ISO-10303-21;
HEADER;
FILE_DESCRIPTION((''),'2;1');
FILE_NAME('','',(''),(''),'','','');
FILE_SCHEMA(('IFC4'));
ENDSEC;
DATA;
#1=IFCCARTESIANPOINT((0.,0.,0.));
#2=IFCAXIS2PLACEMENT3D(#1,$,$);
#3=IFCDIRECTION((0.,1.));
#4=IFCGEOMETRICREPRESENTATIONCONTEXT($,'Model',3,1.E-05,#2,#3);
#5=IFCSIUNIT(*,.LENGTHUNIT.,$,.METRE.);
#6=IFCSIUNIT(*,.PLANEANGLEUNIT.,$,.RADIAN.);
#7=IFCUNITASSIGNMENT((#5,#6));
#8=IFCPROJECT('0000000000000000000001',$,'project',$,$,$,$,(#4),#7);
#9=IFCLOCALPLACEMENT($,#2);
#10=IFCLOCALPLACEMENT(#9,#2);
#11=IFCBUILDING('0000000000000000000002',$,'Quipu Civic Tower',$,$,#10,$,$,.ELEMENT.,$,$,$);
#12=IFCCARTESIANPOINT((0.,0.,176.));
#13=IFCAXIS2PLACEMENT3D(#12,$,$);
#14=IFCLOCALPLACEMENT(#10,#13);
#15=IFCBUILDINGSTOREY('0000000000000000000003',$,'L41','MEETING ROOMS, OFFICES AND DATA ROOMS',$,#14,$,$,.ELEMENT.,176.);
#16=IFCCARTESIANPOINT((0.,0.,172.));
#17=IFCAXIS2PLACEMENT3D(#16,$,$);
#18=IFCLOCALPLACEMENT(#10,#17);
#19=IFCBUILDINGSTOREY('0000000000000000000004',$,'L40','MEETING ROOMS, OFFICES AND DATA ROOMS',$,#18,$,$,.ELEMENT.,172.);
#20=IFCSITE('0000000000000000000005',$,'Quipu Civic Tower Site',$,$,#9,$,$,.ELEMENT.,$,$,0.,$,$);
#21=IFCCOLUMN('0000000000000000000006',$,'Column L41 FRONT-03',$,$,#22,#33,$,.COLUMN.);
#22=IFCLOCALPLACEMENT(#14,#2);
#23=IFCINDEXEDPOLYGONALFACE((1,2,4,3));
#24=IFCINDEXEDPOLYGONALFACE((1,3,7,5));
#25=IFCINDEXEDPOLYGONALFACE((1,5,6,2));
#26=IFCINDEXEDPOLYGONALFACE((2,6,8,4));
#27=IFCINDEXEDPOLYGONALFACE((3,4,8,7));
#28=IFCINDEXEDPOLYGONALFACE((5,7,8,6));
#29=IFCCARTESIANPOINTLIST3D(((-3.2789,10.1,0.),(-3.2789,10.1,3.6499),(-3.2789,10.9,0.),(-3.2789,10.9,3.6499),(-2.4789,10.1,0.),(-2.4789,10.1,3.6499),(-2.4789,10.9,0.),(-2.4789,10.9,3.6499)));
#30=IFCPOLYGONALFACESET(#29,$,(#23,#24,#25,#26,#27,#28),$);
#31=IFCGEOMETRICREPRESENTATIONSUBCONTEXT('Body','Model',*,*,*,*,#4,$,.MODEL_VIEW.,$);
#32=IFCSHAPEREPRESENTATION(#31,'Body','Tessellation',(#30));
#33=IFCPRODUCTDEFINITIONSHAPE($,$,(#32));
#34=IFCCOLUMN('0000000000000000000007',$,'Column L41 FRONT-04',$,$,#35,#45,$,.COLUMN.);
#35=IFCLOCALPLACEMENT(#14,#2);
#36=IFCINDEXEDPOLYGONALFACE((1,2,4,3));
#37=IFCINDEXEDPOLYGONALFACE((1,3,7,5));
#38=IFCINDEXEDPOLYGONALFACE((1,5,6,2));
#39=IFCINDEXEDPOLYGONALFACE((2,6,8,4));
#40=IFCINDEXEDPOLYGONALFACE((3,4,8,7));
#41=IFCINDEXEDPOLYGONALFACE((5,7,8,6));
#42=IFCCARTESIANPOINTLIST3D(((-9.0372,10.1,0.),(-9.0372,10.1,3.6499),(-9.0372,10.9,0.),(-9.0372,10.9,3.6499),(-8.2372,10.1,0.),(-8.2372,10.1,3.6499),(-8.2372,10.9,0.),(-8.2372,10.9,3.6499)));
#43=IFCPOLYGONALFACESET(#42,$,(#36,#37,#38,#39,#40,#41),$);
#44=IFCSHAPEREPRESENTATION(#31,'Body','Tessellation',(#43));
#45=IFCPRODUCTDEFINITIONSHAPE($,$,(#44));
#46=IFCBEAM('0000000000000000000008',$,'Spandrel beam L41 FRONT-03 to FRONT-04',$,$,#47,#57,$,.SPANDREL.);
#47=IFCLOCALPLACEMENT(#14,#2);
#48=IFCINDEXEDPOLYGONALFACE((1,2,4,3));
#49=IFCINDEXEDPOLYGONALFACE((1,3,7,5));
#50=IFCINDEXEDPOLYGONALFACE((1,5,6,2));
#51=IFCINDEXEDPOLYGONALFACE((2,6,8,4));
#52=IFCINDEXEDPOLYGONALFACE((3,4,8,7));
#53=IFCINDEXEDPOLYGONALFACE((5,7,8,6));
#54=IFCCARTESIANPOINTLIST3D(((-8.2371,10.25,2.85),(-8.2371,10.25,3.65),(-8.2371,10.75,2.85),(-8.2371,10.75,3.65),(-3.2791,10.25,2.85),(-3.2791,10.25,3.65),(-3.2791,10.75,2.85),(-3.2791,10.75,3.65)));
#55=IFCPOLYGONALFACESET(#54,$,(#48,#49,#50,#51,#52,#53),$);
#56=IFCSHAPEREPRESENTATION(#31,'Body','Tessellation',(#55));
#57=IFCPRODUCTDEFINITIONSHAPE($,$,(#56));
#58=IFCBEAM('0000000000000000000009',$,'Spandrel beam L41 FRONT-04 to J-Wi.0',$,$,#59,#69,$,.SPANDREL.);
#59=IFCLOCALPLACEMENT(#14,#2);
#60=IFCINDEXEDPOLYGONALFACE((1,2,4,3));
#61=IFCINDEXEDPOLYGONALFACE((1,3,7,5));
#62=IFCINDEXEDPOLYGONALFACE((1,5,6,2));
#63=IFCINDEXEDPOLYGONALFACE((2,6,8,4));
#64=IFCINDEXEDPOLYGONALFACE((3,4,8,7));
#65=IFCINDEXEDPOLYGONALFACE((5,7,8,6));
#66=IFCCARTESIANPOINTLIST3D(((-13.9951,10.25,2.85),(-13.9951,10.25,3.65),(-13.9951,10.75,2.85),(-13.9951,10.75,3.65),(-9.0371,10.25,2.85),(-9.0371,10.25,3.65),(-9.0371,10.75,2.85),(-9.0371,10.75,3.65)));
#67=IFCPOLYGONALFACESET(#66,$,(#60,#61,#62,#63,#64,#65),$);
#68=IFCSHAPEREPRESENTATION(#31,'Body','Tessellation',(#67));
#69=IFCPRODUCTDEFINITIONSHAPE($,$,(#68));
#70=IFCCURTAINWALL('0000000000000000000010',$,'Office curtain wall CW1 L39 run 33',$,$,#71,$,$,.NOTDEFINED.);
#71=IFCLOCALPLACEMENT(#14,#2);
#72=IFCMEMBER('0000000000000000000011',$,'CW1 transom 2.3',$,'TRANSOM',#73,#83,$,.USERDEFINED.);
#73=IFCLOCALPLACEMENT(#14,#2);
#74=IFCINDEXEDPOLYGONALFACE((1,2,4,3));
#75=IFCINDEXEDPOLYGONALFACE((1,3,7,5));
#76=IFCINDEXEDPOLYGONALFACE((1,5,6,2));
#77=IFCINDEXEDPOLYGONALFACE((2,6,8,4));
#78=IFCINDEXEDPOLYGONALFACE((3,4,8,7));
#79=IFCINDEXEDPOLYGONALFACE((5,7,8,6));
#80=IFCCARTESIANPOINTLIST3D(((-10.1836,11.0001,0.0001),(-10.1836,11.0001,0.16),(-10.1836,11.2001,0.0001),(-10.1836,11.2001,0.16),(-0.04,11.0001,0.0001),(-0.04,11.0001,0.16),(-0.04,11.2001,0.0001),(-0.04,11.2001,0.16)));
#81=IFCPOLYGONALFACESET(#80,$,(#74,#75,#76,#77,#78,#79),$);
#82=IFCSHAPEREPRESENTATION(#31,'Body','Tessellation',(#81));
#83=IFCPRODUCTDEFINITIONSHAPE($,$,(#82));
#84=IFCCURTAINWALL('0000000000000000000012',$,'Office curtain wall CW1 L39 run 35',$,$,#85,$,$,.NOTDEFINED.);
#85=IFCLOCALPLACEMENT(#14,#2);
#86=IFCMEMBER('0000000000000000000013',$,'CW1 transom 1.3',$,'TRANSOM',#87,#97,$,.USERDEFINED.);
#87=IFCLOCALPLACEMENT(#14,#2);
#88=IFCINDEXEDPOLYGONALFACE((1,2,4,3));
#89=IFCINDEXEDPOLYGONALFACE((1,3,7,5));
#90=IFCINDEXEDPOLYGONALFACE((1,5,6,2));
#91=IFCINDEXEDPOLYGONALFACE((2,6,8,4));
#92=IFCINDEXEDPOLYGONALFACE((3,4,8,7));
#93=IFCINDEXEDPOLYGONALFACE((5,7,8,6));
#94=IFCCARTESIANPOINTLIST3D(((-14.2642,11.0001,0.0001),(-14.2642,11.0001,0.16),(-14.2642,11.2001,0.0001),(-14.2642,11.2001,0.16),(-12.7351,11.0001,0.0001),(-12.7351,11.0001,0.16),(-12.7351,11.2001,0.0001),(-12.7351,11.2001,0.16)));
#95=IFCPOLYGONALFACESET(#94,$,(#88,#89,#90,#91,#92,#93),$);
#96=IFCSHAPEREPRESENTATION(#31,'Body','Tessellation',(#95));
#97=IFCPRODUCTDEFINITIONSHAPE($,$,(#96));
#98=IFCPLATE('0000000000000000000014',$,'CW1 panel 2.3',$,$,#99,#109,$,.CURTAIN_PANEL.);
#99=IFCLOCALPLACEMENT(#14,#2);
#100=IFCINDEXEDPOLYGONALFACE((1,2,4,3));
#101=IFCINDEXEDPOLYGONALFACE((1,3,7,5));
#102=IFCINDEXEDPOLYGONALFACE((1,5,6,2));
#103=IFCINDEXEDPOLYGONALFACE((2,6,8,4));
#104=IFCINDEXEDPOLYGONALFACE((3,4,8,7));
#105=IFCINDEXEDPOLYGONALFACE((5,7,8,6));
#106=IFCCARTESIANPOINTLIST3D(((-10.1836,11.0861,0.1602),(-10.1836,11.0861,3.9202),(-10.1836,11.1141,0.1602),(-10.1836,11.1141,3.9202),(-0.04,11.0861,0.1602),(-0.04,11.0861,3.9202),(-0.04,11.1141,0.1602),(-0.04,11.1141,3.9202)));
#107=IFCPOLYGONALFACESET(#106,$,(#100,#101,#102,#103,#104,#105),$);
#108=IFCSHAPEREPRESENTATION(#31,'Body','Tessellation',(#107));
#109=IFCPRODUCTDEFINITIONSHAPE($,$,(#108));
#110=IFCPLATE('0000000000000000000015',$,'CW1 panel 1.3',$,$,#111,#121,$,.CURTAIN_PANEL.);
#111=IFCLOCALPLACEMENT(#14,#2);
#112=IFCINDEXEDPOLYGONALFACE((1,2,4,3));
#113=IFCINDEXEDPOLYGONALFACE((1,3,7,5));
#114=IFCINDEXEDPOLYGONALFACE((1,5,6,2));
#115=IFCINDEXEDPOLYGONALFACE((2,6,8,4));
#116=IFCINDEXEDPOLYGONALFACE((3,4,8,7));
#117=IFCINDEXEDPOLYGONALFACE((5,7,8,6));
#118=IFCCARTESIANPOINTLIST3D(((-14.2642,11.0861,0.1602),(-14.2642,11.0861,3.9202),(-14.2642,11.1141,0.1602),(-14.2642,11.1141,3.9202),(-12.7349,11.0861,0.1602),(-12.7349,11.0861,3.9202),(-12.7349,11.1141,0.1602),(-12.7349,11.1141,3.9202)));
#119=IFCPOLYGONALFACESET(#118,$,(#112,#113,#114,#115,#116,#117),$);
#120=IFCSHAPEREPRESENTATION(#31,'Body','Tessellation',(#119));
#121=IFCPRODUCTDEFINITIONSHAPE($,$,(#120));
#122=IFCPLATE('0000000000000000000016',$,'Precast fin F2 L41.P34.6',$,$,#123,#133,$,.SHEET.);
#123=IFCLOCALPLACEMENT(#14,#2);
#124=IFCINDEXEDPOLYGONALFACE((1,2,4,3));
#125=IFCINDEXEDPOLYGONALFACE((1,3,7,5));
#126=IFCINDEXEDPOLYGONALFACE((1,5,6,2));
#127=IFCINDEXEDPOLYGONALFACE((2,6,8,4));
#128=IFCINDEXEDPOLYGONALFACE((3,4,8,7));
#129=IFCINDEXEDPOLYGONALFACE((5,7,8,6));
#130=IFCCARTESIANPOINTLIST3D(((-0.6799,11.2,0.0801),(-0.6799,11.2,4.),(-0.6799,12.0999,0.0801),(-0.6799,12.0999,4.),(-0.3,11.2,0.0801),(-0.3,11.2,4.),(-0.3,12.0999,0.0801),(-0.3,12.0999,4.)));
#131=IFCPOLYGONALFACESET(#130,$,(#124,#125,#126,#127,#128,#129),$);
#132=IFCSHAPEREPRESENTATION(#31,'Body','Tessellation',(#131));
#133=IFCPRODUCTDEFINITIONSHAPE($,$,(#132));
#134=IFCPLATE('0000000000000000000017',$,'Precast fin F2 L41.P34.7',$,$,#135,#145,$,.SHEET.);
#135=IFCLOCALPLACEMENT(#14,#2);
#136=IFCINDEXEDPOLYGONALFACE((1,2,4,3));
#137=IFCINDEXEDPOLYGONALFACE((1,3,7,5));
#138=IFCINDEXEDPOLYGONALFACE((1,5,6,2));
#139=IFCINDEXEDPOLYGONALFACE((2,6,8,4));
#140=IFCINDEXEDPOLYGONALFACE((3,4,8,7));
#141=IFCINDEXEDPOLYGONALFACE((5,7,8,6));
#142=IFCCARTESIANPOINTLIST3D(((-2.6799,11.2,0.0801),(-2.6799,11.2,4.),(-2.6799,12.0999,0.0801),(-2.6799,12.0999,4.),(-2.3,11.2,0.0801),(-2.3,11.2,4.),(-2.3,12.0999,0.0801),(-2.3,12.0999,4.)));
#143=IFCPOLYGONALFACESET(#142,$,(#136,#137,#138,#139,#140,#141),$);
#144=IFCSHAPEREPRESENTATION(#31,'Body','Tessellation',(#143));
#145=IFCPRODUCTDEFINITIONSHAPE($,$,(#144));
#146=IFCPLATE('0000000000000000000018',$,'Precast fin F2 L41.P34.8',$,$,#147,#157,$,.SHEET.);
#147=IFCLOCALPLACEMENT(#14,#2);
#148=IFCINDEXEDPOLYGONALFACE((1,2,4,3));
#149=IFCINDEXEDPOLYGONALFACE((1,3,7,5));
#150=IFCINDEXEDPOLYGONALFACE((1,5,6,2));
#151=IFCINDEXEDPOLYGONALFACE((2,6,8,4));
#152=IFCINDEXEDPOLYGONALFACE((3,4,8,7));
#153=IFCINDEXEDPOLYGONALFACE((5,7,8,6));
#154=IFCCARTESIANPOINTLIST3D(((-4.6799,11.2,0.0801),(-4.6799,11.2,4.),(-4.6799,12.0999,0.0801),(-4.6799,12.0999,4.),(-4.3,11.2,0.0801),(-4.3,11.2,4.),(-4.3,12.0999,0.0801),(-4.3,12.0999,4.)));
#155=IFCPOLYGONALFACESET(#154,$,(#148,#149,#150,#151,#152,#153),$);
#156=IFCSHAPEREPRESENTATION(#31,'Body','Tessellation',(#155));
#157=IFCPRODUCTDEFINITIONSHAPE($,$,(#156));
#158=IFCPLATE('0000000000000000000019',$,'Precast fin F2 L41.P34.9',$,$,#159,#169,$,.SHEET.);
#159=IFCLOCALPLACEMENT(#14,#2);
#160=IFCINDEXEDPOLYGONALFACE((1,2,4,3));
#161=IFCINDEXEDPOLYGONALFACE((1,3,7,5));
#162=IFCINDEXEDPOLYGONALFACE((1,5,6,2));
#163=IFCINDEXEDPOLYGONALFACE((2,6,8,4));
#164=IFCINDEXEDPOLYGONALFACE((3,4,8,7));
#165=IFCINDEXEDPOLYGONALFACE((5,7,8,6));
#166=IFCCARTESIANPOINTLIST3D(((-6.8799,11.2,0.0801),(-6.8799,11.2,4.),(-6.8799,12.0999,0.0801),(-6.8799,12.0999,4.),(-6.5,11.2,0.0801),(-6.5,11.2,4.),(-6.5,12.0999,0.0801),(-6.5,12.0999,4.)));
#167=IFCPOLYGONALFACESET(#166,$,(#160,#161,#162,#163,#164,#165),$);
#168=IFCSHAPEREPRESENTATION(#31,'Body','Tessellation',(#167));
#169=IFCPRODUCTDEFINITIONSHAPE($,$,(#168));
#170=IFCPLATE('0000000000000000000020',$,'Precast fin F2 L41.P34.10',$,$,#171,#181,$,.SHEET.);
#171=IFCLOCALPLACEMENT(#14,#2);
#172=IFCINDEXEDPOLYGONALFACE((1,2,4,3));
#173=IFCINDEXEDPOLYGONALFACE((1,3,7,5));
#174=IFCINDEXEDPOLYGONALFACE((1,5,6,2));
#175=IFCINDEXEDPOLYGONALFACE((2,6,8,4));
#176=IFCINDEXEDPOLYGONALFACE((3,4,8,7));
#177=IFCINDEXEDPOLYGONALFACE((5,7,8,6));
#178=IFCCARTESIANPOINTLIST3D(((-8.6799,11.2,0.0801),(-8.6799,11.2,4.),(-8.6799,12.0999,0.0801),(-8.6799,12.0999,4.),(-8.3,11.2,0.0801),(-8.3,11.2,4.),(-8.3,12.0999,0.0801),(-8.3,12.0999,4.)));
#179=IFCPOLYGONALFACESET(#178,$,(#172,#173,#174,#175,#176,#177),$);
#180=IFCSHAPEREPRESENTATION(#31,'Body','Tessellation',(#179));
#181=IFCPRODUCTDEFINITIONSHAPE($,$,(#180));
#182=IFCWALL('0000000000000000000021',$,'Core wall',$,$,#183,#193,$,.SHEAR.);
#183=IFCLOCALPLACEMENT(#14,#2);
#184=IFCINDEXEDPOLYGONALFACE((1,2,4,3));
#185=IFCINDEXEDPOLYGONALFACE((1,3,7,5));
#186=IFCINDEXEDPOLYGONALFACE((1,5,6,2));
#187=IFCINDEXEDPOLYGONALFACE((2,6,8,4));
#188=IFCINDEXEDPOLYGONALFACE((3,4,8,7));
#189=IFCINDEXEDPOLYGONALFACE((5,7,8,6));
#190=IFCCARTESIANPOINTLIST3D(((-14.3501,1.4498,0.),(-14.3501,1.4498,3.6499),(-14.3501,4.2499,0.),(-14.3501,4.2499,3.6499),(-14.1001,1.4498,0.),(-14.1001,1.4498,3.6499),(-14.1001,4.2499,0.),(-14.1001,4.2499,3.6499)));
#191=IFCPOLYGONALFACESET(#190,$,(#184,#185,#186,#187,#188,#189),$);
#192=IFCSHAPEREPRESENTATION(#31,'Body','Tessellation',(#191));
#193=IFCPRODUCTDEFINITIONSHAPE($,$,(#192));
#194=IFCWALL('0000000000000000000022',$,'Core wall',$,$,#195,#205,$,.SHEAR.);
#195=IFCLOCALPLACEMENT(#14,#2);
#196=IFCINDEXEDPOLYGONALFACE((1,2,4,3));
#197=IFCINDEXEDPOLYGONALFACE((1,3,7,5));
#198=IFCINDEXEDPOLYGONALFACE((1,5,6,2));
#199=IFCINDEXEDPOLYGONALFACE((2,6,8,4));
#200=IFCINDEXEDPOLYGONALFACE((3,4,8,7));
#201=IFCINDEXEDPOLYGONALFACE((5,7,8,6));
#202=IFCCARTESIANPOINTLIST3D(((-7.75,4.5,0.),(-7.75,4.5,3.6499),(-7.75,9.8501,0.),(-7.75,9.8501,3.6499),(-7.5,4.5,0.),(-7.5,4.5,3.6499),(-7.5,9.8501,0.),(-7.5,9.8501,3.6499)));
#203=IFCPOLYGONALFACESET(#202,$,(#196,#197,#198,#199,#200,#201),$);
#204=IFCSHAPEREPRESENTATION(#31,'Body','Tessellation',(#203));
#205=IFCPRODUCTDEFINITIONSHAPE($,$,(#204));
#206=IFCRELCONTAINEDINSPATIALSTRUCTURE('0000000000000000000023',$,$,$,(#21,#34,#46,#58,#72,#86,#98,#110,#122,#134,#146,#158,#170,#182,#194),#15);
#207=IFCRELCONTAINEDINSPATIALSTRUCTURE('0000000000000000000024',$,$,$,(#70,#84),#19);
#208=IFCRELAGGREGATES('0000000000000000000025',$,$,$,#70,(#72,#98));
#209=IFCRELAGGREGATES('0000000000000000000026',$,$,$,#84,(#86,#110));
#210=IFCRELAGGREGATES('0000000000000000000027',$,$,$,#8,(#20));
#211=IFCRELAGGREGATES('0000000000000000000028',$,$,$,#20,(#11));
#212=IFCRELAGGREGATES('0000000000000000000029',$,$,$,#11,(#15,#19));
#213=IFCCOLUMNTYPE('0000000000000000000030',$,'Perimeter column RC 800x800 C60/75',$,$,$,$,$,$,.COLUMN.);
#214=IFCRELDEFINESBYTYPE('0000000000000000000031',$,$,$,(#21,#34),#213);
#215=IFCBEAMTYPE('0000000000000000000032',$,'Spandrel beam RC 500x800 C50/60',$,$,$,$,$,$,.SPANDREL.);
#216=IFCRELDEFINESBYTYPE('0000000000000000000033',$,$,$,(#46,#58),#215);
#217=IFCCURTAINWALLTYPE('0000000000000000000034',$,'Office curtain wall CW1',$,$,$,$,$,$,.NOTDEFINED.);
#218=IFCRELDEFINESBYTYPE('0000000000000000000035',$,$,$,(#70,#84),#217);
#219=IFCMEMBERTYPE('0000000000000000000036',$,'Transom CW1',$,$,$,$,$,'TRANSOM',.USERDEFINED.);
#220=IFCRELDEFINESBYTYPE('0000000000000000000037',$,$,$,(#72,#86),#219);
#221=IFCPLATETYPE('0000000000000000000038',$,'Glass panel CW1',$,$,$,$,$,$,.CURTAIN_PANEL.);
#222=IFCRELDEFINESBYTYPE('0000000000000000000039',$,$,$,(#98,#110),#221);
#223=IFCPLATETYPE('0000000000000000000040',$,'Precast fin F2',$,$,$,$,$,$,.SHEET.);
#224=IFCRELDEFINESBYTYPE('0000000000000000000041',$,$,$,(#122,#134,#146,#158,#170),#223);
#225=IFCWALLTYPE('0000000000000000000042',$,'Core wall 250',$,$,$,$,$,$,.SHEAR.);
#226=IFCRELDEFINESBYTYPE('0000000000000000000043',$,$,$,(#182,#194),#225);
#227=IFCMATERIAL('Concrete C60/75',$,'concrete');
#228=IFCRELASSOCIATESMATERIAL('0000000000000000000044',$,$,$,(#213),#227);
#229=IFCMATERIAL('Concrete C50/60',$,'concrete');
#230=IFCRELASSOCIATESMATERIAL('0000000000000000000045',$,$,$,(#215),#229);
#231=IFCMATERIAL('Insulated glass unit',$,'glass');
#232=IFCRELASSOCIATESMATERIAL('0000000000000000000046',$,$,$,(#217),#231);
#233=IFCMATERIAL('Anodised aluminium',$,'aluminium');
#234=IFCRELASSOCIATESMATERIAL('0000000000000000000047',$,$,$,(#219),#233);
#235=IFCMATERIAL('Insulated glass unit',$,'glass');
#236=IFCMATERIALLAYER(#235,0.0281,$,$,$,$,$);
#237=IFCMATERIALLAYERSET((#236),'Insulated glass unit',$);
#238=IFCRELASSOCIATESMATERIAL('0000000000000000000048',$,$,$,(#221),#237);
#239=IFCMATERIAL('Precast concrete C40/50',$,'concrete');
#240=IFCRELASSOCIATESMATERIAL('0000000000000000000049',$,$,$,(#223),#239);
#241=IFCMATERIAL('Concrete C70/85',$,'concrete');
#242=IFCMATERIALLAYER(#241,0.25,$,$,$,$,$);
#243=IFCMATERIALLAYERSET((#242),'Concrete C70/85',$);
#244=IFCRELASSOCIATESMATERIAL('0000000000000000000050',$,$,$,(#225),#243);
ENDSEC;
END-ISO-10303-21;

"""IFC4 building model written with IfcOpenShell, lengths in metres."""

from ifc_helpers import new_model, si_unit, direction, frame, frame_2d, origin, origin_2d, place, context, subcontext, project, spatial, rectangle, extrude, material, layer, layer_set, material_profile, profile_set, type_object, element, aggregate, save


model = new_model("IFC4")

# Units and contexts
model_context = context("Model", 3, precision=1e-05, world=origin(), true_north=direction((0.0, 1.0)))
body_context = subcontext(model_context, "Body", "Model", "MODEL_VIEW")
ifc_project = project(units=[si_unit("LENGTHUNIT", "METRE"), si_unit("PLANEANGLEUNIT", "RADIAN")], contexts=[model_context])

# Site, building, storey
site_placement = place(None, origin())
site = spatial("IfcSite", under=ifc_project, at=site_placement, Name="Quipu Civic Tower Site", CompositionType="ELEMENT", RefElevation=0.0)
building_placement = place(site_placement, origin())
building = spatial("IfcBuilding", under=site, at=building_placement, Name="Quipu Civic Tower", CompositionType="ELEMENT")
storey_1_placement = place(building_placement, frame((0.0, 0.0, 176.0)))
storey_1 = spatial("IfcBuildingStorey", under=building, at=storey_1_placement, Name="L41", Description="MEETING ROOMS, OFFICES AND DATA ROOMS", CompositionType="ELEMENT", Elevation=176.0)

# Columns
ifc_material_1 = material(Name="Concrete C60/75", Category="concrete")
ifc_material_profile_1 = material_profile(ifc_material_1, rectangle(XDim=0.8, YDim=0.8, at=origin_2d()), Name="RC800x800")
ifc_profile_set_1 = profile_set([ifc_material_profile_1], Name="Concrete C60/75")
column_type = type_object("IfcColumnType", Name="Perimeter column RC 800x800 C60/75", PredefinedType="COLUMN", material=ifc_profile_set_1)
for number, where, z_axis, x_axis, name in (
    (1, (-2.8789, 10.5, 0.0), (0.0, 0.0, 1.0), (-1.0, 0.0, 0.0), "Column L41 FRONT-03"),
    (2, (-8.6372, 10.5, 0.0), (0.0, 0.0, 1.0), (-1.0, 0.0, 0.0), "Column L41 FRONT-04"),
):
    element("IfcColumn", number, at=place(storey_1_placement, frame(where, z_axis=z_axis, x_axis=x_axis)), inside=storey_1, type_object=column_type, Name=name, PredefinedType="COLUMN", context=body_context, shape_type="SweptSolid", body=[
        extrude(rectangle(XDim=0.8, YDim=0.8, at=origin_2d()), origin(), (0.0, 0.0, 1.0), 3.6499),
    ])

# Beams
ifc_material_2 = material(Name="Concrete C50/60", Category="concrete")
ifc_material_profile_2 = material_profile(ifc_material_2, rectangle(XDim=0.5, YDim=0.8, at=origin_2d()), Name="RC500x800")
ifc_profile_set_2 = profile_set([ifc_material_profile_2], Name="Concrete C50/60")
beam_type = type_object("IfcBeamType", Name="Spandrel beam RC 500x800 C50/60", PredefinedType="SPANDREL", material=ifc_profile_set_2)
for number, where, z_axis, x_axis, name in (
    (3, (-3.2791, 10.5, 3.25), (-1.0, 0.0, 0.0), (0.0, -1.0, 0.0), "Spandrel beam L41 FRONT-03 to FRONT-04"),
    (4, (-9.0371, 10.5, 3.25), (-1.0, 0.0, 0.0), (0.0, -1.0, 0.0), "Spandrel beam L41 FRONT-04 to J-Wi.0"),
):
    element("IfcBeam", number, at=place(storey_1_placement, frame(where, z_axis=z_axis, x_axis=x_axis)), inside=storey_1, type_object=beam_type, Name=name, PredefinedType="SPANDREL", context=body_context, shape_type="SweptSolid", body=[
        extrude(rectangle(XDim=0.5, YDim=0.8, at=origin_2d()), origin(), (0.0, 0.0, 1.0), 4.958),
    ])

# Shared definitions
storey_2_placement = place(building_placement, frame((0.0, 0.0, 172.0)))
storey_2 = spatial("IfcBuildingStorey", under=building, at=storey_2_placement, Name="L40", Description="MEETING ROOMS, OFFICES AND DATA ROOMS", CompositionType="ELEMENT", Elevation=172.0)

# Curtain walls, members
ifc_material_3 = material(Name="Insulated glass unit", Category="glass")
curtain_wall_type = type_object("IfcCurtainWallType", Name="Office curtain wall CW1", PredefinedType="NOTDEFINED", material=ifc_material_3)
curtain_wall_1_placement = place(storey_2_placement, origin())
curtain_wall_1 = element("IfcCurtainWall", 5, at=curtain_wall_1_placement, inside=storey_2, type_object=curtain_wall_type, Name="Office curtain wall CW1 L39 run 33", PredefinedType="NOTDEFINED")
ifc_material_4 = material(Name="Anodised aluminium", Category="aluminium")
ifc_material_profile_3 = material_profile(ifc_material_4, rectangle(XDim=0.2, YDim=0.1599, at=origin_2d()), Name="RECT 200x160")
ifc_profile_set_3 = profile_set([ifc_material_profile_3], Name="Anodised aluminium")
member_type = type_object("IfcMemberType", Name="Transom CW1", ElementType="TRANSOM", PredefinedType="USERDEFINED", material=ifc_profile_set_3)
member_1_placement = place(storey_1_placement, frame((-0.04, 11.1001, 0.0801), z_axis=(-1.0, 0.0, 0.0), x_axis=(0.0, -1.0, 0.0)))
member_1 = element("IfcMember", 6, at=member_1_placement, inside=storey_1, type_object=member_type, Name="CW1 transom 2.3", ObjectType="TRANSOM", PredefinedType="USERDEFINED", context=body_context, shape_type="SweptSolid", body=[
    extrude(rectangle(XDim=0.2, YDim=0.1599, at=origin_2d()), origin(), (0.0, 0.0, 1.0), 10.1436),
])
curtain_wall_2_placement = place(storey_2_placement, origin())
curtain_wall_2 = element("IfcCurtainWall", 7, at=curtain_wall_2_placement, inside=storey_2, type_object=curtain_wall_type, Name="Office curtain wall CW1 L39 run 35", PredefinedType="NOTDEFINED")
member_2_placement = place(storey_1_placement, frame((-12.7351, 11.1001, 0.0801), z_axis=(-1.0, 0.0, 0.0), x_axis=(0.0, -1.0, 0.0)))
member_2 = element("IfcMember", 8, at=member_2_placement, inside=storey_1, type_object=member_type, Name="CW1 transom 1.3", ObjectType="TRANSOM", PredefinedType="USERDEFINED", context=body_context, shape_type="SweptSolid", body=[
    extrude(rectangle(XDim=0.2, YDim=0.1599, at=origin_2d()), origin(), (0.0, 0.0, 1.0), 1.5291),
])

# Plates
ifc_material_5 = material(Name="Insulated glass unit", Category="glass")
ifc_layer_1 = layer(ifc_material_5, 0.0281)
ifc_layer_set_1 = layer_set([ifc_layer_1], Name="Insulated glass unit")
plate_type_1 = type_object("IfcPlateType", Name="Glass panel CW1", PredefinedType="CURTAIN_PANEL", material=ifc_layer_set_1)
plate_1_placement = place(storey_1_placement, frame((-5.1118, 11.1001, 0.1602), z_axis=(0.0, 0.0, 1.0), x_axis=(-1.0, 0.0, 0.0)))
plate_1 = element("IfcPlate", 9, at=plate_1_placement, inside=storey_1, type_object=plate_type_1, Name="CW1 panel 2.3", PredefinedType="CURTAIN_PANEL", context=body_context, shape_type="SweptSolid", body=[
    extrude(rectangle(XDim=10.1436, YDim=0.0281, at=origin_2d()), origin(), (0.0, 0.0, 1.0), 3.76),
])
aggregate(curtain_wall_1, [member_1, plate_1])
plate_2_placement = place(storey_1_placement, frame((-13.4995, 11.1001, 0.1602), z_axis=(0.0, 0.0, 1.0), x_axis=(-1.0, 0.0, 0.0)))
plate_2 = element("IfcPlate", 10, at=plate_2_placement, inside=storey_1, type_object=plate_type_1, Name="CW1 panel 1.3", PredefinedType="CURTAIN_PANEL", context=body_context, shape_type="SweptSolid", body=[
    extrude(rectangle(XDim=1.5293, YDim=0.0281, at=origin_2d()), origin(), (0.0, 0.0, 1.0), 3.76),
])
aggregate(curtain_wall_2, [member_2, plate_2])

# Plates
ifc_material_6 = material(Name="Precast concrete C40/50", Category="concrete")
plate_type_2 = type_object("IfcPlateType", Name="Precast fin F2", PredefinedType="SHEET", material=ifc_material_6)
for number, where, z_axis, x_axis, name in (
    (11, (-0.49, 11.6499, 0.0801), (0.0, 0.0, 1.0), (-1.0, 0.0, 0.0), "Precast fin F2 L41.P34.6"),
    (12, (-2.49, 11.6499, 0.0801), (0.0, 0.0, 1.0), (-1.0, 0.0, 0.0), "Precast fin F2 L41.P34.7"),
    (13, (-4.49, 11.6499, 0.0801), (0.0, 0.0, 1.0), (-1.0, 0.0, 0.0), "Precast fin F2 L41.P34.8"),
    (14, (-6.6899, 11.6499, 0.0801), (0.0, 0.0, 1.0), (-1.0, 0.0, 0.0), "Precast fin F2 L41.P34.9"),
    (15, (-8.49, 11.6499, 0.0801), (0.0, 0.0, 1.0), (-1.0, 0.0, 0.0), "Precast fin F2 L41.P34.10"),
):
    element("IfcPlate", number, at=place(storey_1_placement, frame(where, z_axis=z_axis, x_axis=x_axis)), inside=storey_1, type_object=plate_type_2, Name=name, PredefinedType="SHEET", context=body_context, shape_type="SweptSolid", body=[
        extrude(rectangle(XDim=0.3799, YDim=0.8999, at=origin_2d()), origin(), (0.0, 0.0, 1.0), 3.9199),
    ])

# Walls
ifc_material_7 = material(Name="Concrete C70/85", Category="concrete")
ifc_layer_2 = layer(ifc_material_7, 0.25)
ifc_layer_set_2 = layer_set([ifc_layer_2], Name="Concrete C70/85")
wall_type_1 = type_object("IfcWallType", Name="Core wall 250", PredefinedType="SHEAR", material=ifc_layer_set_2)
wall_1_placement = place(storey_1_placement, frame((-14.2251, 1.45, 0.0), z_axis=(0.0, 0.0, 1.0), x_axis=(0.0, 1.0, 0.0)))
element("IfcWall", 16, at=wall_1_placement, inside=storey_1, type_object=wall_type_1, Name="Core wall", PredefinedType="SHEAR", context=body_context, shape_type="SweptSolid", body=[
    extrude(rectangle(XDim=2.8, YDim=0.25, at=frame_2d((1.3999, 0.0))), origin(), (0.0, 0.0, 1.0), 3.6499),
])
wall_2_placement = place(storey_1_placement, frame((-7.625, 4.5, 0.0), z_axis=(0.0, 0.0, 1.0), x_axis=(0.0, 1.0, 0.0)))
element("IfcWall", 17, at=wall_2_placement, inside=storey_1, type_object=wall_type_1, Name="Core wall", PredefinedType="SHEAR", context=body_context, shape_type="SweptSolid", body=[
    extrude(rectangle(XDim=5.3501, YDim=0.25, at=frame_2d((2.675, 0.0))), origin(), (0.0, 0.0, 1.0), 3.6499),
])

save(model, "model.ifc")
